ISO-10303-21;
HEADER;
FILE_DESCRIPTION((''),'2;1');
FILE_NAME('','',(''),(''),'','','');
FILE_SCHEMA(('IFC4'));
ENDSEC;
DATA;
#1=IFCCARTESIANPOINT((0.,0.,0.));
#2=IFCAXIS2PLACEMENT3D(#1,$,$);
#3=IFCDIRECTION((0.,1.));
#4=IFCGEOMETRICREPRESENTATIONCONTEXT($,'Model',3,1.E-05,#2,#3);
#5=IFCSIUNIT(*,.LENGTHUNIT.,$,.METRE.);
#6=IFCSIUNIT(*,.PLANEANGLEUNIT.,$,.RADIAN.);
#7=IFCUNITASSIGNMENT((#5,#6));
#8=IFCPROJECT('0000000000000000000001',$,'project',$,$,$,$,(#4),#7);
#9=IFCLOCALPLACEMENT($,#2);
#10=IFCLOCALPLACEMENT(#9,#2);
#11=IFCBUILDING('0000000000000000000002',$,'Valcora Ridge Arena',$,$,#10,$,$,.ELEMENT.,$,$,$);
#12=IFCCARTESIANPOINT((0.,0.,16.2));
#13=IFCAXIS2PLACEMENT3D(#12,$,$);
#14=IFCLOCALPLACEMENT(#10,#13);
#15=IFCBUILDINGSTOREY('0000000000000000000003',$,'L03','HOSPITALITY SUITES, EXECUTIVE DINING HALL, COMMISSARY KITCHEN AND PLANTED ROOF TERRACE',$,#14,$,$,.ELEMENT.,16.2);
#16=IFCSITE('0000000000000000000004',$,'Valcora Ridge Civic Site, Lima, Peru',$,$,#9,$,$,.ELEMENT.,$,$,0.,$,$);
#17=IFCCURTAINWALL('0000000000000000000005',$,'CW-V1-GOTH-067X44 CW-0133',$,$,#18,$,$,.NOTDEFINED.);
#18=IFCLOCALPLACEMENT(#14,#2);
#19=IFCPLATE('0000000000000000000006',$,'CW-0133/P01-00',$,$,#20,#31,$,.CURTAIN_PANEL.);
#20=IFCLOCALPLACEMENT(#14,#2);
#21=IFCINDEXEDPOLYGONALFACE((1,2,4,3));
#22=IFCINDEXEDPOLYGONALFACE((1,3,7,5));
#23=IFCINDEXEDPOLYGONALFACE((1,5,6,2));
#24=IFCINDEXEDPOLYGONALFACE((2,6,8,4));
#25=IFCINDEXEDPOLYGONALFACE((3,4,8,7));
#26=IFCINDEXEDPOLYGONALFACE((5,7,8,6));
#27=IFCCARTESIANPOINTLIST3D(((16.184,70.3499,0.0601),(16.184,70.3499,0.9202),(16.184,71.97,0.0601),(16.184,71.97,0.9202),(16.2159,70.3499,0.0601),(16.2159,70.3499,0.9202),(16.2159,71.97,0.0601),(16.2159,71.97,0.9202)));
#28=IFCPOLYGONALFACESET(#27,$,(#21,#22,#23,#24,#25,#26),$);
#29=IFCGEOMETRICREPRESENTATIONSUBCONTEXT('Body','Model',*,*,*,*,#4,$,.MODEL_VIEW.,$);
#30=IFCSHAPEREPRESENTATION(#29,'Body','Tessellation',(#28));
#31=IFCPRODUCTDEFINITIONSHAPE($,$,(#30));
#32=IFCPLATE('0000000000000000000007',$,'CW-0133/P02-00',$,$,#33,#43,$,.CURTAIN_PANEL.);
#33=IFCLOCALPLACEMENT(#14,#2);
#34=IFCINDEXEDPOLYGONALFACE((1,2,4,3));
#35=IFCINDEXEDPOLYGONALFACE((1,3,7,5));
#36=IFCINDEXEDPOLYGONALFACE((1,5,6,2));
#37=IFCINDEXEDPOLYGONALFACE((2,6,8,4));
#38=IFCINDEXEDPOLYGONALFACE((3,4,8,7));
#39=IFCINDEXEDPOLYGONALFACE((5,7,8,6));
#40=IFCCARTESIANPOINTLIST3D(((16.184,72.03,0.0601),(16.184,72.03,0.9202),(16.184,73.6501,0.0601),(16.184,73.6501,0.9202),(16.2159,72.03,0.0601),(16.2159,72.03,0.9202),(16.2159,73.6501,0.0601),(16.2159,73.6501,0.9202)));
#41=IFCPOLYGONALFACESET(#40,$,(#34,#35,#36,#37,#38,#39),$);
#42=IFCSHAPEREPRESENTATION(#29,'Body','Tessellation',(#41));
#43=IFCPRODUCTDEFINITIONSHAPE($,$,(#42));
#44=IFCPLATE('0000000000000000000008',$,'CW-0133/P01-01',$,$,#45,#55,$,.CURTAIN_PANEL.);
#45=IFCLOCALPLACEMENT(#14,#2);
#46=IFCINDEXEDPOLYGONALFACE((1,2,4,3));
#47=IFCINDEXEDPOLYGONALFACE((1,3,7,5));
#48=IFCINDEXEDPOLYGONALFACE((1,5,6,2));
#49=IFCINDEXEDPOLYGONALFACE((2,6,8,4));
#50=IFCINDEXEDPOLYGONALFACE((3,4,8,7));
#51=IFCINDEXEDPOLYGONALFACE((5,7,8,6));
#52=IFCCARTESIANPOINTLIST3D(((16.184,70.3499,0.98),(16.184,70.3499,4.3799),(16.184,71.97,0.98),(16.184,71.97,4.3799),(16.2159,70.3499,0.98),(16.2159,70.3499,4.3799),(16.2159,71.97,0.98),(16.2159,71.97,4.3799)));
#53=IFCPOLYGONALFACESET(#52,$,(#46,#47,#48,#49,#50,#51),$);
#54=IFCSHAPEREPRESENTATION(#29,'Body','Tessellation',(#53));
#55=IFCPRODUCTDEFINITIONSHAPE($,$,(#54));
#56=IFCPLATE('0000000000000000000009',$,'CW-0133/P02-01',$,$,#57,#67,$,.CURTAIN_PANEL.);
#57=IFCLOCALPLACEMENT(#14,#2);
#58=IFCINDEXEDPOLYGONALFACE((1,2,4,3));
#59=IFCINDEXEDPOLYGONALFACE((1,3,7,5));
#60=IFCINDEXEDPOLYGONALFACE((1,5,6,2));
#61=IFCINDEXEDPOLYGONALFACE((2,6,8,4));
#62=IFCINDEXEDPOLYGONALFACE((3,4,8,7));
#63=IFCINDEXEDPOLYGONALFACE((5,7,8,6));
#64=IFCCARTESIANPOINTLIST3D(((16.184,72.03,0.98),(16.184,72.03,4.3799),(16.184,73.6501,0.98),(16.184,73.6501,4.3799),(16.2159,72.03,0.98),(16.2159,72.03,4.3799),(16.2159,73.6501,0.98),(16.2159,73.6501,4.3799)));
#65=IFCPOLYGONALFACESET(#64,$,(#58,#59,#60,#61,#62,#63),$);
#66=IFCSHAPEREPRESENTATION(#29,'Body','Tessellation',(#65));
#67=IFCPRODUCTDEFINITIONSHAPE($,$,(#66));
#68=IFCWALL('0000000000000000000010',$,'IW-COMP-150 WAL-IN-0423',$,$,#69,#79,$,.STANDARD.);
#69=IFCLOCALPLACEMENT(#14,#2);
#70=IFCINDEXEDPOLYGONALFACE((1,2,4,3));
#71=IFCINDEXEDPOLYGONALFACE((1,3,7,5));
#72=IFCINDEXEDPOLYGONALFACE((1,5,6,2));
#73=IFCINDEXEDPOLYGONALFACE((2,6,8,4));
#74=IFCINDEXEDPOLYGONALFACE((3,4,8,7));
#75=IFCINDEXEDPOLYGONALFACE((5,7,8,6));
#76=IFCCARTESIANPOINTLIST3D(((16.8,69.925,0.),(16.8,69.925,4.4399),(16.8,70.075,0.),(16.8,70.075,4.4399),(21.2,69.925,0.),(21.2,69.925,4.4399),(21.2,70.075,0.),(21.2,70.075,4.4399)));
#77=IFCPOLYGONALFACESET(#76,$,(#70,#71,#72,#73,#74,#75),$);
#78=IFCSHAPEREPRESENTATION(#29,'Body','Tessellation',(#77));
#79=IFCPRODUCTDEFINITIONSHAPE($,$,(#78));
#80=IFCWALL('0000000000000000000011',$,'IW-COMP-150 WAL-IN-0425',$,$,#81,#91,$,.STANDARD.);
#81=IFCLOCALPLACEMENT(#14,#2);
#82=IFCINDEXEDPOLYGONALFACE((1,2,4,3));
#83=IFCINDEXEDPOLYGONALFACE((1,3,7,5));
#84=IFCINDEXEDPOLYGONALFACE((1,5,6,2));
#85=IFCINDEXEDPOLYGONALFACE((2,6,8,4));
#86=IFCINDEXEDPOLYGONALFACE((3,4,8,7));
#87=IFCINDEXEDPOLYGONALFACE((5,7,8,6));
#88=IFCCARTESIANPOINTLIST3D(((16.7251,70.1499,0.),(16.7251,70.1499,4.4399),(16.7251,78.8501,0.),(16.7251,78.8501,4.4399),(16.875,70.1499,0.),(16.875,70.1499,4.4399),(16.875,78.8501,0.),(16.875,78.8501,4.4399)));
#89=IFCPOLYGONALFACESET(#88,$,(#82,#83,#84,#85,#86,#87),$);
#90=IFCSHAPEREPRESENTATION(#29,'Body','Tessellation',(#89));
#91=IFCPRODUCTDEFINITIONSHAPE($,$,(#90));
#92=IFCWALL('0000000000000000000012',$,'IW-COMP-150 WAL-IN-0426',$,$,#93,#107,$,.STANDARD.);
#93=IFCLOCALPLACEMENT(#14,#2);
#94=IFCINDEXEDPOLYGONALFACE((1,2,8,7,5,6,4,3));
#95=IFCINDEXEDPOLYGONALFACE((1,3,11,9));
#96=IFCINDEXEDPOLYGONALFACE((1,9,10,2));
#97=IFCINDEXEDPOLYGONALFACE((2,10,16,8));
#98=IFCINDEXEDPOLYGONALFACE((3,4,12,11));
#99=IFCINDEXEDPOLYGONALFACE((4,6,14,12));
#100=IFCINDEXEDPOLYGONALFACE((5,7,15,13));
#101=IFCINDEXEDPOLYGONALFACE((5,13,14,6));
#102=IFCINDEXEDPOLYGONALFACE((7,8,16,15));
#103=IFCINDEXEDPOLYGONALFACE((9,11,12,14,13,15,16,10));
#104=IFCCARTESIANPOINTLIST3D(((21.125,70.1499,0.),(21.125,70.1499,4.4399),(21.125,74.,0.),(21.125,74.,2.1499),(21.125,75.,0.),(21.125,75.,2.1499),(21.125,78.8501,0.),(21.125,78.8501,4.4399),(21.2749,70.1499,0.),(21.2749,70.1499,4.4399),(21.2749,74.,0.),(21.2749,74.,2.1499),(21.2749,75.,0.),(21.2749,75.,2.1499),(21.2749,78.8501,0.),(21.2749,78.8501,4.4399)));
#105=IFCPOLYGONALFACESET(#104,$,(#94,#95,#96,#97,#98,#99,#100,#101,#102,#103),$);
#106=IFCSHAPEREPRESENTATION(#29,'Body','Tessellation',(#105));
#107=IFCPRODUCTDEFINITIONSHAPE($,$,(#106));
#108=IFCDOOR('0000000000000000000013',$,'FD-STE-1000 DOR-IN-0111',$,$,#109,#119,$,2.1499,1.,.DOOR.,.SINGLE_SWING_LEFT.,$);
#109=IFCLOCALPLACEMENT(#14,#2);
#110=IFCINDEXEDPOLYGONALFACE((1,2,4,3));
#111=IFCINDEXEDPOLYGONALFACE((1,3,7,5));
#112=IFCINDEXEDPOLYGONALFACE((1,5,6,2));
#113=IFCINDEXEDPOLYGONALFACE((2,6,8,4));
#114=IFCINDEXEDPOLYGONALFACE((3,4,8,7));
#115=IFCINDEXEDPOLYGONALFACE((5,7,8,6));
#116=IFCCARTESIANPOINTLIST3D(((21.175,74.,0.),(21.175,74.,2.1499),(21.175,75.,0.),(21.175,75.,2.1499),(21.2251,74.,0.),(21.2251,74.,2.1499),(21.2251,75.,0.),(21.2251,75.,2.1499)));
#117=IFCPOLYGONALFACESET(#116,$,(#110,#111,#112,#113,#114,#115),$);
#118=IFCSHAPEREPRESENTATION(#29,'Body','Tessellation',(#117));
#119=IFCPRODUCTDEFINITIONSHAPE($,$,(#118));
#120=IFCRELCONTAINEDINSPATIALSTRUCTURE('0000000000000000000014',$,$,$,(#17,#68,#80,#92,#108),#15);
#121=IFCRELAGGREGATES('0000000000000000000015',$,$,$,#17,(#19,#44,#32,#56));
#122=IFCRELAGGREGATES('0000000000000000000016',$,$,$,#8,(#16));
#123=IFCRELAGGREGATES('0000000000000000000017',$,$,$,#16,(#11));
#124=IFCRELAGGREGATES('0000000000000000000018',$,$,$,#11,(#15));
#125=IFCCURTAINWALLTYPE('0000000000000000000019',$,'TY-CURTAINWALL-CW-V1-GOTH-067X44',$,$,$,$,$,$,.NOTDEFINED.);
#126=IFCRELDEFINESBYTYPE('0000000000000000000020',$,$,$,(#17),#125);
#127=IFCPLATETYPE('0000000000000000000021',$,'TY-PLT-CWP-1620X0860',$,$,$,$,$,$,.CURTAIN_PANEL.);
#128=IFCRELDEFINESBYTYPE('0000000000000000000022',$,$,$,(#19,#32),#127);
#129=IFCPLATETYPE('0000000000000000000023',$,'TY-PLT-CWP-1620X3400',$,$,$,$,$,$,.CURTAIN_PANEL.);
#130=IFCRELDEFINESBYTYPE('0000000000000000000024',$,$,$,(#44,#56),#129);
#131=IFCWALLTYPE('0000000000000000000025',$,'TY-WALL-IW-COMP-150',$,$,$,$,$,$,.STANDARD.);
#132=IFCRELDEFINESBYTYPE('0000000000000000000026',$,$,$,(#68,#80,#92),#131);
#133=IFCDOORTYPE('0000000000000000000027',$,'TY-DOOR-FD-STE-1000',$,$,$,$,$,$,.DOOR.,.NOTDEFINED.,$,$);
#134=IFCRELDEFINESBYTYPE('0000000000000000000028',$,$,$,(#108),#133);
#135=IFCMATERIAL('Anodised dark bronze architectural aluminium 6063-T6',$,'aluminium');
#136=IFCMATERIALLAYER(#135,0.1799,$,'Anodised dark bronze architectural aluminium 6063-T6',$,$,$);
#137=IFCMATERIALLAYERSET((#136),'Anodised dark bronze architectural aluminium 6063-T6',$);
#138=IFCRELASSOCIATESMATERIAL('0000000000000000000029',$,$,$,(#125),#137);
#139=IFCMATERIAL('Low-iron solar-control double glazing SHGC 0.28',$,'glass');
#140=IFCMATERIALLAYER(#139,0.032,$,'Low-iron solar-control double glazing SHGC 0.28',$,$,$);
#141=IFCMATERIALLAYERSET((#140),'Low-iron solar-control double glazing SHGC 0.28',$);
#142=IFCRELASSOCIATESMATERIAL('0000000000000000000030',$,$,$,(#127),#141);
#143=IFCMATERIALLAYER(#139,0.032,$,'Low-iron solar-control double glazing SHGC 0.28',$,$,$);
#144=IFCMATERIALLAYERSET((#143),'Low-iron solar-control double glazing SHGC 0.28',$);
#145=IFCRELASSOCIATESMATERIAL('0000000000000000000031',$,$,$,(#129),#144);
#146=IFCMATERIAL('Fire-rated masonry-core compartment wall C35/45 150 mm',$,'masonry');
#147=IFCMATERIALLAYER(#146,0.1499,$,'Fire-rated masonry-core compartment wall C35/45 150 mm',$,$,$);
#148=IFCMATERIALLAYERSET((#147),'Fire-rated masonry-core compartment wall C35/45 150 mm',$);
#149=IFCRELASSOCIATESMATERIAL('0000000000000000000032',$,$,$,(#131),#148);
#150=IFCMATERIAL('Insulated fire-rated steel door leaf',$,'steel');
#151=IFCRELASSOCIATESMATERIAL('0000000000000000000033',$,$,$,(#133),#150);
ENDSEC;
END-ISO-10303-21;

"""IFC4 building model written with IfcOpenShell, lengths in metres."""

from ifc_helpers import new_model, si_unit, direction, frame, frame_2d, origin, origin_2d, place, context, subcontext, project, spatial, rectangle, extrude, material, layer, layer_set, type_object, element, fill, aggregate, save


model = new_model("IFC4")

# Units and contexts
model_context = context("Model", 3, precision=1e-05, world=origin(), true_north=direction((0.0, 1.0)))
body_context = subcontext(model_context, "Body", "Model", "MODEL_VIEW")
ifc_project = project(units=[si_unit("LENGTHUNIT", "METRE"), si_unit("PLANEANGLEUNIT", "RADIAN")], contexts=[model_context])

# Site, building, storey
site_placement = place(None, origin())
site = spatial("IfcSite", under=ifc_project, at=site_placement, Name="Valcora Ridge Civic Site, Lima, Peru", CompositionType="ELEMENT", RefElevation=0.0)
building_placement = place(site_placement, origin())
building = spatial("IfcBuilding", under=site, at=building_placement, Name="Valcora Ridge Arena", CompositionType="ELEMENT")
storey_placement = place(building_placement, frame((0.0, 0.0, 16.2)))
storey = spatial("IfcBuildingStorey", under=building, at=storey_placement, Name="L03", Description="HOSPITALITY SUITES, EXECUTIVE DINING HALL, COMMISSARY KITCHEN AND PLANTED ROOF TERRACE", CompositionType="ELEMENT", Elevation=16.2)

# Shared definitions
ifc_material_1 = material(Name="Anodised dark bronze architectural aluminium 6063-T6", Category="aluminium")

# Curtain wall
ifc_layer_1 = layer(ifc_material_1, 0.1799, Name="Anodised dark bronze architectural aluminium 6063-T6")
ifc_layer_set_1 = layer_set([ifc_layer_1], Name="Anodised dark bronze architectural aluminium 6063-T6")
curtain_wall_type_1 = type_object("IfcCurtainWallType", Name="TY-CURTAINWALL-CW-V1-GOTH-067X44", PredefinedType="NOTDEFINED", material=ifc_layer_set_1)
curtain_wall_1_placement = place(storey_placement, origin())
curtain_wall_1 = element("IfcCurtainWall", 1, at=curtain_wall_1_placement, inside=storey, type_object=curtain_wall_type_1, Name="CW-V1-GOTH-067X44 CW-0133", PredefinedType="NOTDEFINED")

# Plates
ifc_material_2 = material(Name="Low-iron solar-control double glazing SHGC 0.28", Category="glass")
ifc_layer_2 = layer(ifc_material_2, 0.032, Name="Low-iron solar-control double glazing SHGC 0.28")
ifc_layer_set_2 = layer_set([ifc_layer_2], Name="Low-iron solar-control double glazing SHGC 0.28")
plate_type_1 = type_object("IfcPlateType", Name="TY-PLT-CWP-1620X0860", PredefinedType="CURTAIN_PANEL", material=ifc_layer_set_2)
plate_1_placement = place(storey_placement, frame((16.2, 71.1599, 0.0601), z_axis=(0.0, 0.0, 1.0), x_axis=(0.0, 1.0, 0.0)))
plate_1 = element("IfcPlate", 2, at=plate_1_placement, type_object=plate_type_1, Name="CW-0133/P01-00", PredefinedType="CURTAIN_PANEL", context=body_context, shape_type="SweptSolid", body=[
    extrude(rectangle(XDim=1.6201, YDim=0.032, at=origin_2d()), origin(), (0.0, 0.0, 1.0), 0.8601),
])
plate_2_placement = place(storey_placement, frame((16.2, 72.8401, 0.0601), z_axis=(0.0, 0.0, 1.0), x_axis=(0.0, 1.0, 0.0)))
plate_2 = element("IfcPlate", 3, at=plate_2_placement, type_object=plate_type_1, Name="CW-0133/P02-00", PredefinedType="CURTAIN_PANEL", context=body_context, shape_type="SweptSolid", body=[
    extrude(rectangle(XDim=1.6201, YDim=0.032, at=origin_2d()), origin(), (0.0, 0.0, 1.0), 0.8601),
])
ifc_layer_3 = layer(ifc_material_2, 0.032, Name="Low-iron solar-control double glazing SHGC 0.28")
ifc_layer_set_3 = layer_set([ifc_layer_3], Name="Low-iron solar-control double glazing SHGC 0.28")
plate_type_2 = type_object("IfcPlateType", Name="TY-PLT-CWP-1620X3400", PredefinedType="CURTAIN_PANEL", material=ifc_layer_set_3)
plate_3_placement = place(storey_placement, frame((16.2, 71.1599, 0.98), z_axis=(0.0, 0.0, 1.0), x_axis=(0.0, 1.0, 0.0)))
plate_3 = element("IfcPlate", 4, at=plate_3_placement, type_object=plate_type_2, Name="CW-0133/P01-01", PredefinedType="CURTAIN_PANEL", context=body_context, shape_type="SweptSolid", body=[
    extrude(rectangle(XDim=1.6201, YDim=0.032, at=origin_2d()), origin(), (0.0, 0.0, 1.0), 3.3999),
])
plate_4_placement = place(storey_placement, frame((16.2, 72.8401, 0.98), z_axis=(0.0, 0.0, 1.0), x_axis=(0.0, 1.0, 0.0)))
plate_4 = element("IfcPlate", 5, at=plate_4_placement, type_object=plate_type_2, Name="CW-0133/P02-01", PredefinedType="CURTAIN_PANEL", context=body_context, shape_type="SweptSolid", body=[
    extrude(rectangle(XDim=1.6201, YDim=0.032, at=origin_2d()), origin(), (0.0, 0.0, 1.0), 3.3999),
])
aggregate(curtain_wall_1, [plate_1, plate_3, plate_2, plate_4])

# Walls
ifc_material_3 = material(Name="Fire-rated masonry-core compartment wall C35/45 150 mm", Category="masonry")
ifc_layer_4 = layer(ifc_material_3, 0.1499, Name="Fire-rated masonry-core compartment wall C35/45 150 mm")
ifc_layer_set_4 = layer_set([ifc_layer_4], Name="Fire-rated masonry-core compartment wall C35/45 150 mm")
wall_type = type_object("IfcWallType", Name="TY-WALL-IW-COMP-150", PredefinedType="STANDARD", material=ifc_layer_set_4)
wall_1_placement = place(storey_placement, frame((16.8, 70.0, 0.0), z_axis=(0.0, 0.0, 1.0), x_axis=(1.0, 0.0, 0.0)))
element("IfcWall", 6, at=wall_1_placement, inside=storey, type_object=wall_type, Name="IW-COMP-150 WAL-IN-0423", PredefinedType="STANDARD", context=body_context, shape_type="SweptSolid", body=[
    extrude(rectangle(XDim=4.3999, YDim=0.1499, at=frame_2d((2.2, 0.0))), origin(), (0.0, 0.0, 1.0), 4.4399),
])
wall_2_placement = place(storey_placement, frame((16.8, 70.1499, 0.0), z_axis=(0.0, 0.0, 1.0), x_axis=(0.0, 1.0, 0.0)))
element("IfcWall", 7, at=wall_2_placement, inside=storey, type_object=wall_type, Name="IW-COMP-150 WAL-IN-0425", PredefinedType="STANDARD", context=body_context, shape_type="SweptSolid", body=[
    extrude(rectangle(XDim=8.7002, YDim=0.1499, at=frame_2d((4.3501, 0.0))), origin(), (0.0, 0.0, 1.0), 4.4399),
])

# Wall, opening, door
wall_3_placement = place(storey_placement, frame((21.2, 70.1499, 0.0), z_axis=(0.0, 0.0, 1.0), x_axis=(0.0, 1.0, 0.0)))
wall_3 = element("IfcWall", 8, at=wall_3_placement, inside=storey, type_object=wall_type, Name="IW-COMP-150 WAL-IN-0426", PredefinedType="STANDARD", context=body_context, shape_type="SweptSolid", body=[
    extrude(rectangle(XDim=8.7002, YDim=0.1499, at=frame_2d((4.3501, 0.0))), origin(), (0.0, 0.0, 1.0), 4.4399),
])
opening_placement = place(wall_3_placement, frame((3.8501, 0.0, 0.0)))
opening = element("IfcOpeningElement", 9, at=opening_placement, cuts=wall_3, PredefinedType="OPENING", context=body_context, shape_type="SweptSolid", body=[
    extrude(rectangle(XDim=1.0, YDim=2.1499, at=frame_2d((0.5, 1.075))), frame((0.0, 0.085, 0.0), z_axis=(0.0, -1.0, 0.0), x_axis=(1.0, 0.0, 0.0)), (0.0, 0.0, 1.0), 0.1699),
])
ifc_material_4 = material(Name="Insulated fire-rated steel door leaf", Category="steel")
door_type = type_object("IfcDoorType", Name="TY-DOOR-FD-STE-1000", OperationType="NOTDEFINED", PredefinedType="DOOR", material=ifc_material_4)
door_placement = place(opening_placement, origin())
door = element("IfcDoor", 10, at=door_placement, inside=storey, type_object=door_type, Name="FD-STE-1000 DOR-IN-0111", OperationType="SINGLE_SWING_LEFT", OverallHeight=2.1499, OverallWidth=1.0, PredefinedType="DOOR", context=body_context, shape_type="SweptSolid", body=[
    extrude(rectangle(XDim=1.0, YDim=2.1499, at=frame_2d((0.5, 1.075))), frame((0.0, 0.0249, 0.0), z_axis=(0.0, -1.0, 0.0), x_axis=(1.0, 0.0, 0.0)), (0.0, 0.0, 1.0), 0.05),
])
fill(opening, door)

save(model, "model.ifc")
